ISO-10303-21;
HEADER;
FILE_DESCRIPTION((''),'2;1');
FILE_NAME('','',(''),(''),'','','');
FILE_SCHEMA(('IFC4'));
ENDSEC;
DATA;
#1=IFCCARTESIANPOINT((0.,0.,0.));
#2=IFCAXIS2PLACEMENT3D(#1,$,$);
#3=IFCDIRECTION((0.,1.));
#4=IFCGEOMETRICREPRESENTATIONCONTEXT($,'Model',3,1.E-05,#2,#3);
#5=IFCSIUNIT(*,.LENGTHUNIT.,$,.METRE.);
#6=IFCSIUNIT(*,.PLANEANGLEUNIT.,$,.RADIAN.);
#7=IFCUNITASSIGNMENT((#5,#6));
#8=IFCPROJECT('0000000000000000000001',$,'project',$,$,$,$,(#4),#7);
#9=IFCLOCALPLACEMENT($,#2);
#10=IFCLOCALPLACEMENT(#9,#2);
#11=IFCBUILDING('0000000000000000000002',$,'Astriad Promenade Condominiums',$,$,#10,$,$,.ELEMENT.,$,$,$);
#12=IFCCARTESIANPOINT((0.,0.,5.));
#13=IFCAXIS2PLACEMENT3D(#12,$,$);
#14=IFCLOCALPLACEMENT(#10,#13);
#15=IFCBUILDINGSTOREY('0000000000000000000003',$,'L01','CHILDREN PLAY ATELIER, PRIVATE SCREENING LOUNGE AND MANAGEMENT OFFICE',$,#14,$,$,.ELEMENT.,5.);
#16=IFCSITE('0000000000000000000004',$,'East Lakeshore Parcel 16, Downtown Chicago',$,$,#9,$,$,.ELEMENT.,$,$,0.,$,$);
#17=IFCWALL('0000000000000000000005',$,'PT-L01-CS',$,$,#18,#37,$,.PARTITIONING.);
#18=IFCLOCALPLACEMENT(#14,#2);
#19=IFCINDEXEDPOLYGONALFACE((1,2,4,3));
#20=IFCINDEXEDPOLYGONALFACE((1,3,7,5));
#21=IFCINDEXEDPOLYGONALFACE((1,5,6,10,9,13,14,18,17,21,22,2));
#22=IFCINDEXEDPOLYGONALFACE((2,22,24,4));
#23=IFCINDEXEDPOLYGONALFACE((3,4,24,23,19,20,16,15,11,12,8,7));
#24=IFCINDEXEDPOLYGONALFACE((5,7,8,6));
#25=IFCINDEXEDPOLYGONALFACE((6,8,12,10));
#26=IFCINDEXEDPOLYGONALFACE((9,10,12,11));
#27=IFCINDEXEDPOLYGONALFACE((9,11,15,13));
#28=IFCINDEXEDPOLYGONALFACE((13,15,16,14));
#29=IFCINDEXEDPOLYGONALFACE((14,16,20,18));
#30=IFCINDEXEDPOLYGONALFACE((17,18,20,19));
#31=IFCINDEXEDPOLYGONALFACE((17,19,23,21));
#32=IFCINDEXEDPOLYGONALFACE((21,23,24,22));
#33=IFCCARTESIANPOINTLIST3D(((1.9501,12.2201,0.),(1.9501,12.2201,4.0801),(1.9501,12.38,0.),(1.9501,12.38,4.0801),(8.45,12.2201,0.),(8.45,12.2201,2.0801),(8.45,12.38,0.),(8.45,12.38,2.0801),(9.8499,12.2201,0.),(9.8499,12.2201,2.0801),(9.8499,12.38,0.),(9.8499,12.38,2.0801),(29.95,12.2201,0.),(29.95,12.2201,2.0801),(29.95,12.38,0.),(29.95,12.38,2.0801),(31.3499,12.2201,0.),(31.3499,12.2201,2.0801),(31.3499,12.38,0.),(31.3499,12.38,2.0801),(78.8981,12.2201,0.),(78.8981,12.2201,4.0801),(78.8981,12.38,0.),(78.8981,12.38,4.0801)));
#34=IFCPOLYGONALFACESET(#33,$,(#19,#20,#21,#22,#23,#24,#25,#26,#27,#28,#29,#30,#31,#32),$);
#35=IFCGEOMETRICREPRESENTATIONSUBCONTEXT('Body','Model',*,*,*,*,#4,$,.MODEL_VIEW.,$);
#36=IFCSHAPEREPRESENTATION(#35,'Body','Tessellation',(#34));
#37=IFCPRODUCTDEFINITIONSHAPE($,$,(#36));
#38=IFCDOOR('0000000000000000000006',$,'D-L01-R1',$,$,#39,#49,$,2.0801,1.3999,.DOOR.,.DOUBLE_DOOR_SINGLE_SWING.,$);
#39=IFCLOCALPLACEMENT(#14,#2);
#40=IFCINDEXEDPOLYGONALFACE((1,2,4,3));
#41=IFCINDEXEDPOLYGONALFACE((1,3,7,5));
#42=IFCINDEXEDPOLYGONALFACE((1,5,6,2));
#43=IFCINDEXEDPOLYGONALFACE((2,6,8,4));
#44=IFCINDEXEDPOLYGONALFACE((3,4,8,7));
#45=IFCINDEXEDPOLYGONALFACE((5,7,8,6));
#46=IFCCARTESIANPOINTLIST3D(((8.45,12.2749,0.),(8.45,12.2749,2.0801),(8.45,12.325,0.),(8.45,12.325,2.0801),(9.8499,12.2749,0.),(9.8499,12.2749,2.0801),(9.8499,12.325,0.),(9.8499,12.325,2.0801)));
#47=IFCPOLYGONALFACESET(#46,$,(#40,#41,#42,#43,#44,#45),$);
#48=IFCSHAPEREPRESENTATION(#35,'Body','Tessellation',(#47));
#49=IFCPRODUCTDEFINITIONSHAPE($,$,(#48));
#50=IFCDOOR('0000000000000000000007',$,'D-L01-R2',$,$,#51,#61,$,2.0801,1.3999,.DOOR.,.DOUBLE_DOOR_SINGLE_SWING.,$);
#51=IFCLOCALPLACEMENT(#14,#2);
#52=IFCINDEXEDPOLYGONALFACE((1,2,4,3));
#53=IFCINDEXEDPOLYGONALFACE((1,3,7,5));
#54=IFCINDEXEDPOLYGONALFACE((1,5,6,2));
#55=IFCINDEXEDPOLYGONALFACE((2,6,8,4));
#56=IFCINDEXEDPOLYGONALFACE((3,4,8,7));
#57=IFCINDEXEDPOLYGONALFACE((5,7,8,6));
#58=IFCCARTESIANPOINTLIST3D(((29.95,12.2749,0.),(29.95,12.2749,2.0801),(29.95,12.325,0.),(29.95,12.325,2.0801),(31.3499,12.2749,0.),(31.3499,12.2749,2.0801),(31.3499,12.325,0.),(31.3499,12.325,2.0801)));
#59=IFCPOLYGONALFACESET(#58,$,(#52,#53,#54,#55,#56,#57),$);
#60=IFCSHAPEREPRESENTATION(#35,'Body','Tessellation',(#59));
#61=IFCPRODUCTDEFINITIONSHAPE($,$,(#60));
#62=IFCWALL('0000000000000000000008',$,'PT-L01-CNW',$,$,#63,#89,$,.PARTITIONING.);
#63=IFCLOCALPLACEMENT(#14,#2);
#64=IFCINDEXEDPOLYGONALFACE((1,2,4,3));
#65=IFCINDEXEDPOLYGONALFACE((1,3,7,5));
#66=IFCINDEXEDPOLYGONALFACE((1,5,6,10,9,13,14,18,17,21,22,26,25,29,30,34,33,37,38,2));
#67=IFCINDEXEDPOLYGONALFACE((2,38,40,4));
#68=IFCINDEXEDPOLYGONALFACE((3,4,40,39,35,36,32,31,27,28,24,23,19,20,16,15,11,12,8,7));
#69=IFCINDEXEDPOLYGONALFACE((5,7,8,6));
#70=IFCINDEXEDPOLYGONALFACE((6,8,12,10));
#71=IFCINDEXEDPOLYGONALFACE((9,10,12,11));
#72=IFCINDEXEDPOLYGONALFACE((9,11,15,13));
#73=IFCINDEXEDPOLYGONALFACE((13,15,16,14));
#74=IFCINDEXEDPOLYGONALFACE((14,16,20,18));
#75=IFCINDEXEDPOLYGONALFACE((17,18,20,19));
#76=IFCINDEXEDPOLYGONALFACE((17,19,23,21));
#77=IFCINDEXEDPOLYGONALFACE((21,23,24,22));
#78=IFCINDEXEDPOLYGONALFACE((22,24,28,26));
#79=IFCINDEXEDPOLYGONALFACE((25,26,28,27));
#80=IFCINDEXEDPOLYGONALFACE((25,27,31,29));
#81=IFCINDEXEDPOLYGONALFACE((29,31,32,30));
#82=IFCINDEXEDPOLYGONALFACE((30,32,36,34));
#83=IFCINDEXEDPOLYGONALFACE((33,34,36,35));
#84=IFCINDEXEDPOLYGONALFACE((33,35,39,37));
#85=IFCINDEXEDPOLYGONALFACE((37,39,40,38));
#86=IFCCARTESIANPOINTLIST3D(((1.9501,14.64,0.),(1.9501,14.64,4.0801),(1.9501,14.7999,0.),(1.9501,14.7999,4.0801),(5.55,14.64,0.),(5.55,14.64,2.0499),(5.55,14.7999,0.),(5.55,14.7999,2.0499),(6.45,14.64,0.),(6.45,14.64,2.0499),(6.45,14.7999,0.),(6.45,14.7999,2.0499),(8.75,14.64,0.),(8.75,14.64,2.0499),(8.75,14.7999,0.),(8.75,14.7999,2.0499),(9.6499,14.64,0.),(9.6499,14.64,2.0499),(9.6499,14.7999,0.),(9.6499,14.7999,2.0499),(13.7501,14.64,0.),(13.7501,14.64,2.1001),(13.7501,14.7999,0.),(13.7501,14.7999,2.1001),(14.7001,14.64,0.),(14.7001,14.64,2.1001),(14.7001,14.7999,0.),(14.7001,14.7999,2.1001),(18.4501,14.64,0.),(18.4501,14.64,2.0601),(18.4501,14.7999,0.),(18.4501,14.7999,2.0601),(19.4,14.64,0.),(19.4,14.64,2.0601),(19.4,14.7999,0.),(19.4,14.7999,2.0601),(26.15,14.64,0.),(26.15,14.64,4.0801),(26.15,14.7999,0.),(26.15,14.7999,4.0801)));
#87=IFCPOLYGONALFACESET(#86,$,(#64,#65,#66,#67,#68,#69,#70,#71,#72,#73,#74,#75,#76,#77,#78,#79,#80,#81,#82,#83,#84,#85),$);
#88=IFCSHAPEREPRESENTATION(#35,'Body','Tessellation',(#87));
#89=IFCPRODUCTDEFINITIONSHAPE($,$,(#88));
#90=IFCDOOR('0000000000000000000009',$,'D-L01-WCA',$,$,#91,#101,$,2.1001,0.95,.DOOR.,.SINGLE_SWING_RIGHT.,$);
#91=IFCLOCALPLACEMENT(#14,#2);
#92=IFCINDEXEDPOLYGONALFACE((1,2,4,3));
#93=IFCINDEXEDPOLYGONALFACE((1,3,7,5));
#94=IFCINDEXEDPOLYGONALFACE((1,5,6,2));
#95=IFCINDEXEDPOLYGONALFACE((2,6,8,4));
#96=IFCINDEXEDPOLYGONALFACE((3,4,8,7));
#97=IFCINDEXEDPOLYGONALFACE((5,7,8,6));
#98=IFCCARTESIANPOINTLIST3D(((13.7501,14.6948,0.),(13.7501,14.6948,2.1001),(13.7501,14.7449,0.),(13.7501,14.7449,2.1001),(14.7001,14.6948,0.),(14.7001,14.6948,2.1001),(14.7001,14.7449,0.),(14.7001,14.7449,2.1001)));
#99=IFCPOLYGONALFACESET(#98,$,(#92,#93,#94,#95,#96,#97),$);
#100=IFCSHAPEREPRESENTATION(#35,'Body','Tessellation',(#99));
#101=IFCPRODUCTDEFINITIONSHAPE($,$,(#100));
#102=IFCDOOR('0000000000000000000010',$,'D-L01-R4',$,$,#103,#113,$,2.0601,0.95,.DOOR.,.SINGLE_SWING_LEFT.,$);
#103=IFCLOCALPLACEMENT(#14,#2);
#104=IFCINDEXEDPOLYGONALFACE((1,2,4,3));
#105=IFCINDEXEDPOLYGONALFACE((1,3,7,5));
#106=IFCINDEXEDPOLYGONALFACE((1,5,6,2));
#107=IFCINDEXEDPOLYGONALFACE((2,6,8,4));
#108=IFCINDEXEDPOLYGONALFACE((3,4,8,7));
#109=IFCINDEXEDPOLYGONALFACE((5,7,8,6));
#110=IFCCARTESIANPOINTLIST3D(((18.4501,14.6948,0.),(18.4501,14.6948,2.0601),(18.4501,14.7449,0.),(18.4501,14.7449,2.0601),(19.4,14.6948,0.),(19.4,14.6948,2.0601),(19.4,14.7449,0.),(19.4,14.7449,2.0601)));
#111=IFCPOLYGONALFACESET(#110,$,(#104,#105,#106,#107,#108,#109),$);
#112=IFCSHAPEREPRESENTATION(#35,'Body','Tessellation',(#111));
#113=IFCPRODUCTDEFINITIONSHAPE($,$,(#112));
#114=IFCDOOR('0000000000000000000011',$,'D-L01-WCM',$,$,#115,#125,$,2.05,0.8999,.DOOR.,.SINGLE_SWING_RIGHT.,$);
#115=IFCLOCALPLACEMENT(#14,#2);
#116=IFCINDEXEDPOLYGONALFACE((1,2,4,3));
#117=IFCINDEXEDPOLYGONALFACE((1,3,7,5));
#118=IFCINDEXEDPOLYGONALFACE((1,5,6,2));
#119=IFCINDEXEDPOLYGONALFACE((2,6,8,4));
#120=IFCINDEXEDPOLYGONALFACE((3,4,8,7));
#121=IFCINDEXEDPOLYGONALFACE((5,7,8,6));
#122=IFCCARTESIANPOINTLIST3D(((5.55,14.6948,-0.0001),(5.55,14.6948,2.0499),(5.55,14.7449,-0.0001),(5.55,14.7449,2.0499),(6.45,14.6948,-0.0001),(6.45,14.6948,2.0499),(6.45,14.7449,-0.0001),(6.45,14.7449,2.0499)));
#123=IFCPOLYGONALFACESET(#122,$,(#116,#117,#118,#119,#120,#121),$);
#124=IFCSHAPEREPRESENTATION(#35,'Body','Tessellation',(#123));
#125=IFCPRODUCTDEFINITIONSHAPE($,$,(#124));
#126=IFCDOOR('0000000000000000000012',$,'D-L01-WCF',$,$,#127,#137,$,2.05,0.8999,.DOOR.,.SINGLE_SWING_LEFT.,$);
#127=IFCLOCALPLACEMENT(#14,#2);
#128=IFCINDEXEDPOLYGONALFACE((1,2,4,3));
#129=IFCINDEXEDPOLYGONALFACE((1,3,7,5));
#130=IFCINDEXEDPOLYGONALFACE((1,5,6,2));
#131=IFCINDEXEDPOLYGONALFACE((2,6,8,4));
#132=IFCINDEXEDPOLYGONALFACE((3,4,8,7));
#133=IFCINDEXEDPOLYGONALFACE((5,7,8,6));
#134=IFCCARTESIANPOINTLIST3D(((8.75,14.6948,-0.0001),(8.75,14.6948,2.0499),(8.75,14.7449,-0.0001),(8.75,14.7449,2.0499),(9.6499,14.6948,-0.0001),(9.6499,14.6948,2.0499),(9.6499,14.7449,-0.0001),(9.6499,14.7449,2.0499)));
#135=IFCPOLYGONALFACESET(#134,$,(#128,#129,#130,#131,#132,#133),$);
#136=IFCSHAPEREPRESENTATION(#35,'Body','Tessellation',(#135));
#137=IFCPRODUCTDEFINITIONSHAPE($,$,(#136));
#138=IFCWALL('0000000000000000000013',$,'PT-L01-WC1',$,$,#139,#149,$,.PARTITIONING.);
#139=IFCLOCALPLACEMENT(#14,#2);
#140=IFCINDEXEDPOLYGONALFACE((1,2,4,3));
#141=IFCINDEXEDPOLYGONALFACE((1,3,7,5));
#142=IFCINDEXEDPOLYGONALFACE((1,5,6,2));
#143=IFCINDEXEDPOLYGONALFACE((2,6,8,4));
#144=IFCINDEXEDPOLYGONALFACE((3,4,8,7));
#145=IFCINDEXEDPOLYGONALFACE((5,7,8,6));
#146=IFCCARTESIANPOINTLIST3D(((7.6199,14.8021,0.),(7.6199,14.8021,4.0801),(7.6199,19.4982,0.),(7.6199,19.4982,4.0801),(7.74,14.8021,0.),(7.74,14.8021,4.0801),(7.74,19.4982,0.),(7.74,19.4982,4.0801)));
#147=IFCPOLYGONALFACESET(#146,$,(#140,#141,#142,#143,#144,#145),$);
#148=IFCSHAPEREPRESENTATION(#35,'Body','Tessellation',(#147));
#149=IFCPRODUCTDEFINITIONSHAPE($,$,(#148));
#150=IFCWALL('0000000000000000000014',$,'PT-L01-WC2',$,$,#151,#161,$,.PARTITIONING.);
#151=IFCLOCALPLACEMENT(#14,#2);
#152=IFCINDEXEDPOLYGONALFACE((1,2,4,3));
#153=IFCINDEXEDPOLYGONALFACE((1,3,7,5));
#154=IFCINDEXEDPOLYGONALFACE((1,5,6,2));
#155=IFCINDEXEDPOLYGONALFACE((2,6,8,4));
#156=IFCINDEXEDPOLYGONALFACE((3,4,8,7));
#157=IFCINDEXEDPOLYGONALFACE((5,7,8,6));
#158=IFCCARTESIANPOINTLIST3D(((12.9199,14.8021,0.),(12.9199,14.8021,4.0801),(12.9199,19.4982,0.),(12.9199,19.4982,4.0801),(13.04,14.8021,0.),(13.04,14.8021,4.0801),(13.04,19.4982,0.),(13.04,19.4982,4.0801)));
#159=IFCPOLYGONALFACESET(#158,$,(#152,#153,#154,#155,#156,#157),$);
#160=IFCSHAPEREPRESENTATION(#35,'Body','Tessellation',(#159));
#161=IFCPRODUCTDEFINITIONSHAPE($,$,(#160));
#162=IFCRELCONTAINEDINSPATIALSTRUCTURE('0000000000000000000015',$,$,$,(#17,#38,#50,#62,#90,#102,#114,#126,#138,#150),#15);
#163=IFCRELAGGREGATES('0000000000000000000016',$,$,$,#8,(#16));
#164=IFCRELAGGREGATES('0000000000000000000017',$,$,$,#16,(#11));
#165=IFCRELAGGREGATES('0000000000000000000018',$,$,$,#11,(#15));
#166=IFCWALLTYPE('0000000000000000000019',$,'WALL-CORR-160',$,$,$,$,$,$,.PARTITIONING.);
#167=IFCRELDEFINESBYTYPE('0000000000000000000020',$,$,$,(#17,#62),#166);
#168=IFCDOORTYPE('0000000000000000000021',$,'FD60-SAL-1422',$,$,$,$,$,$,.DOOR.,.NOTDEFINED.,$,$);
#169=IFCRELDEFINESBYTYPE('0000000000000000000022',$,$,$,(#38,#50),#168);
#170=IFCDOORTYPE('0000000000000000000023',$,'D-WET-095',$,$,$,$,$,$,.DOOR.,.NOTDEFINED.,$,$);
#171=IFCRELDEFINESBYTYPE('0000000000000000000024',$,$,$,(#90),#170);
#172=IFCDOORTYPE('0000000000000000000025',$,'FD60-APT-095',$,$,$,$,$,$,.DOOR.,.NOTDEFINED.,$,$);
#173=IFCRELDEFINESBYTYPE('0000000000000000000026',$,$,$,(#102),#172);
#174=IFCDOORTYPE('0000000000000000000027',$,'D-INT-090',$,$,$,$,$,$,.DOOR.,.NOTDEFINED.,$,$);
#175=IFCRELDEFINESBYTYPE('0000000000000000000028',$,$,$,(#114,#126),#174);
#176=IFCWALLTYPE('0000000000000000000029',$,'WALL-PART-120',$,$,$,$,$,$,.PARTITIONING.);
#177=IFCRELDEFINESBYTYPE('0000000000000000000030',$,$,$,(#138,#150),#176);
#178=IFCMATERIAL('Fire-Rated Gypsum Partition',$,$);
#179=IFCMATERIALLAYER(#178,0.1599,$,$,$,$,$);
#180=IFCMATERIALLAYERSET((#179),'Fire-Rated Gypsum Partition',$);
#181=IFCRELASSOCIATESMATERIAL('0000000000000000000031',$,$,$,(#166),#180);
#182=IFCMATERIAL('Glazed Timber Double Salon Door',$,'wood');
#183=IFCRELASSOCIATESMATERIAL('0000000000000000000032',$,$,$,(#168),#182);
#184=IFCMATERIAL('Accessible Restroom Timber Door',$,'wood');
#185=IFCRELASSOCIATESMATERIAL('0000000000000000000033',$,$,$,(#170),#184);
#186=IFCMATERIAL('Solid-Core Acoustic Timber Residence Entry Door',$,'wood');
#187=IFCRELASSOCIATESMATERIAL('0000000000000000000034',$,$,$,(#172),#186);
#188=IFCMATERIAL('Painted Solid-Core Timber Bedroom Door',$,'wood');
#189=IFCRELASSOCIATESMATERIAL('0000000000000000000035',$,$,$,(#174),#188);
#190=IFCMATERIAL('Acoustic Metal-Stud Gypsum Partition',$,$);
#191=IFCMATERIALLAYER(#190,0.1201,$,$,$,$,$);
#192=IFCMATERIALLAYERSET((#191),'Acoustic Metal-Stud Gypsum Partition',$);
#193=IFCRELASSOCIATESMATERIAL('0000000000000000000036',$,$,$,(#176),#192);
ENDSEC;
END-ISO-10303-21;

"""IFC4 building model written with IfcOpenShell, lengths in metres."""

from ifc_helpers import new_model, si_unit, direction, frame, frame_2d, origin, place, context, subcontext, project, spatial, rectangle, extrude, source, transform, mapped, material, layer, layer_set, type_object, type_shapes, element, fill, save


model = new_model("IFC4")

# Units and contexts
model_context = context("Model", 3, precision=1e-05, world=origin(), true_north=direction((0.0, 1.0)))
body_context = subcontext(model_context, "Body", "Model", "MODEL_VIEW")
ifc_project = project(units=[si_unit("LENGTHUNIT", "METRE"), si_unit("PLANEANGLEUNIT", "RADIAN")], contexts=[model_context])

# Site, building, storey
site_placement = place(None, origin())
site = spatial("IfcSite", under=ifc_project, at=site_placement, Name="East Lakeshore Parcel 16, Downtown Chicago", CompositionType="ELEMENT", RefElevation=0.0)
building_placement = place(site_placement, origin())
building = spatial("IfcBuilding", under=site, at=building_placement, Name="Astriad Promenade Condominiums", CompositionType="ELEMENT")
storey_placement = place(building_placement, frame((0.0, 0.0, 5.0)))
storey = spatial("IfcBuildingStorey", under=building, at=storey_placement, Name="L01", Description="CHILDREN PLAY ATELIER, PRIVATE SCREENING LOUNGE AND MANAGEMENT OFFICE", CompositionType="ELEMENT", Elevation=5.0)

# Walls, openings, doors
ifc_material_1 = material(Name="Fire-Rated Gypsum Partition")
ifc_layer_1 = layer(ifc_material_1, 0.1599)
ifc_layer_set_1 = layer_set([ifc_layer_1], Name="Fire-Rated Gypsum Partition")
wall_type_1 = type_object("IfcWallType", Name="WALL-CORR-160", PredefinedType="PARTITIONING", material=ifc_layer_set_1)
wall_1_placement = place(storey_placement, frame((1.95, 12.3, 0.0), z_axis=(0.0, 0.0, 1.0), x_axis=(1.0, 0.0, 0.0)))
wall_1 = element("IfcWall", 1, at=wall_1_placement, inside=storey, type_object=wall_type_1, Name="PT-L01-CS", PredefinedType="PARTITIONING", context=body_context, shape_type="SweptSolid", body=[
    extrude(rectangle(XDim=76.948, YDim=0.1599, at=frame_2d((38.4741, 0.0))), origin(), (0.0, 0.0, 1.0), 4.0801),
])
opening_1_placement = place(wall_1_placement, frame((6.5, 0.0, 0.0)))
opening_1 = element("IfcOpeningElement", 2, at=opening_1_placement, cuts=wall_1, PredefinedType="OPENING", context=body_context, shape_type="SweptSolid", body=[
    extrude(rectangle(XDim=1.3999, YDim=2.0801, at=frame_2d((0.7, 1.04))), frame((0.0, 0.0898, 0.0), z_axis=(0.0, -1.0, 0.0), x_axis=(1.0, 0.0, 0.0)), (0.0, 0.0, 1.0), 0.1799),
])
opening_2_placement = place(wall_1_placement, frame((28.0, 0.0, 0.0)))
opening_2 = element("IfcOpeningElement", 3, at=opening_2_placement, cuts=wall_1, PredefinedType="OPENING", context=body_context, shape_type="SweptSolid", body=[
    extrude(rectangle(XDim=1.3999, YDim=2.0801, at=frame_2d((0.7, 1.04))), frame((0.0, 0.0898, 0.0), z_axis=(0.0, -1.0, 0.0), x_axis=(1.0, 0.0, 0.0)), (0.0, 0.0, 1.0), 0.1799),
])
ifc_material_2 = material(Name="Glazed Timber Double Salon Door", Category="wood")
door_type_1 = type_object("IfcDoorType", Name="FD60-SAL-1422", OperationType="NOTDEFINED", PredefinedType="DOOR", material=ifc_material_2)
shared_shape_1 = source(origin(), body_context, "Body", "SweptSolid", [
    extrude(rectangle(XDim=1.3999, YDim=2.0801, at=frame_2d((0.7, 1.04))), frame((0.0, 0.0249, 0.0), z_axis=(0.0, -1.0, 0.0), x_axis=(1.0, 0.0, 0.0)), (0.0, 0.0, 1.0), 0.05),
])
type_shapes(door_type_1, [shared_shape_1])
door_1_placement = place(opening_1_placement, origin())
door_1 = element("IfcDoor", 4, at=door_1_placement, inside=storey, type_object=door_type_1, Name="D-L01-R1", OperationType="DOUBLE_DOOR_SINGLE_SWING", OverallHeight=2.0801, OverallWidth=1.3999, PredefinedType="DOOR", context=body_context, shape_type="MappedRepresentation", body=[
    mapped(shared_shape_1, transform((0.0, 0.0, 0.0), scale=1.0)),
])
fill(opening_1, door_1)
door_2_placement = place(opening_2_placement, origin())
door_2 = element("IfcDoor", 5, at=door_2_placement, inside=storey, type_object=door_type_1, Name="D-L01-R2", OperationType="DOUBLE_DOOR_SINGLE_SWING", OverallHeight=2.0801, OverallWidth=1.3999, PredefinedType="DOOR", context=body_context, shape_type="MappedRepresentation", body=[
    mapped(shared_shape_1, transform((0.0, 0.0, 0.0), scale=1.0)),
])
fill(opening_2, door_2)
wall_2_placement = place(storey_placement, frame((1.95, 14.72, 0.0), z_axis=(0.0, 0.0, 1.0), x_axis=(1.0, 0.0, 0.0)))
wall_2 = element("IfcWall", 6, at=wall_2_placement, inside=storey, type_object=wall_type_1, Name="PT-L01-CNW", PredefinedType="PARTITIONING", context=body_context, shape_type="SweptSolid", body=[
    extrude(rectangle(XDim=24.2, YDim=0.1599, at=frame_2d((12.1001, 0.0))), origin(), (0.0, 0.0, 1.0), 4.0801),
])
opening_3_placement = place(wall_2_placement, frame((16.5, 0.0, 0.0)))
opening_3 = element("IfcOpeningElement", 7, at=opening_3_placement, cuts=wall_2, PredefinedType="OPENING", context=body_context, shape_type="SweptSolid", body=[
    extrude(rectangle(XDim=0.95, YDim=2.0601, at=frame_2d((0.4751, 1.03))), frame((0.0, 0.0898, 0.0), z_axis=(0.0, -1.0, 0.0), x_axis=(1.0, 0.0, 0.0)), (0.0, 0.0, 1.0), 0.1799),
])
opening_4_placement = place(wall_2_placement, frame((3.6001, 0.0, 0.0)))
opening_4 = element("IfcOpeningElement", 8, at=opening_4_placement, cuts=wall_2, PredefinedType="OPENING", context=body_context, shape_type="SweptSolid", body=[
    extrude(rectangle(XDim=0.8999, YDim=2.05, at=frame_2d((0.45, 1.0249))), frame((0.0, 0.0898, 0.0), z_axis=(0.0, -1.0, 0.0), x_axis=(1.0, 0.0, 0.0)), (0.0, 0.0, 1.0), 0.1799),
])
opening_5_placement = place(wall_2_placement, frame((6.8, 0.0, 0.0)))
opening_5 = element("IfcOpeningElement", 9, at=opening_5_placement, cuts=wall_2, PredefinedType="OPENING", context=body_context, shape_type="SweptSolid", body=[
    extrude(rectangle(XDim=0.8999, YDim=2.05, at=frame_2d((0.45, 1.0249))), frame((0.0, 0.0898, 0.0), z_axis=(0.0, -1.0, 0.0), x_axis=(1.0, 0.0, 0.0)), (0.0, 0.0, 1.0), 0.1799),
])
opening_6_placement = place(wall_2_placement, frame((11.8, 0.0, 0.0)))
opening_6 = element("IfcOpeningElement", 10, at=opening_6_placement, cuts=wall_2, PredefinedType="OPENING", context=body_context, shape_type="SweptSolid", body=[
    extrude(rectangle(XDim=0.95, YDim=2.1001, at=frame_2d((0.4751, 1.05))), frame((0.0, 0.0898, 0.0), z_axis=(0.0, -1.0, 0.0), x_axis=(1.0, 0.0, 0.0)), (0.0, 0.0, 1.0), 0.1799),
])
ifc_material_3 = material(Name="Accessible Restroom Timber Door", Category="wood")
door_type_2 = type_object("IfcDoorType", Name="D-WET-095", OperationType="NOTDEFINED", PredefinedType="DOOR", material=ifc_material_3)
shared_shape_2 = source(origin(), body_context, "Body", "SweptSolid", [
    extrude(rectangle(XDim=0.95, YDim=2.1001, at=frame_2d((0.4751, 1.05))), frame((0.0, 0.0249, 0.0), z_axis=(0.0, -1.0, 0.0), x_axis=(1.0, 0.0, 0.0)), (0.0, 0.0, 1.0), 0.05),
])
type_shapes(door_type_2, [shared_shape_2])
door_3_placement = place(opening_6_placement, origin())
door_3 = element("IfcDoor", 11, at=door_3_placement, inside=storey, type_object=door_type_2, Name="D-L01-WCA", OperationType="SINGLE_SWING_RIGHT", OverallHeight=2.1001, OverallWidth=0.95, PredefinedType="DOOR", context=body_context, shape_type="MappedRepresentation", body=[
    mapped(shared_shape_2, transform((0.0, 0.0, 0.0), scale=1.0)),
])
fill(opening_6, door_3)
ifc_material_4 = material(Name="Solid-Core Acoustic Timber Residence Entry Door", Category="wood")
door_type_3 = type_object("IfcDoorType", Name="FD60-APT-095", OperationType="NOTDEFINED", PredefinedType="DOOR", material=ifc_material_4)
shared_shape_3 = source(origin(), body_context, "Body", "SweptSolid", [
    extrude(rectangle(XDim=0.95, YDim=2.0601, at=frame_2d((0.4751, 1.03))), frame((0.0, 0.0249, 0.0), z_axis=(0.0, -1.0, 0.0), x_axis=(1.0, 0.0, 0.0)), (0.0, 0.0, 1.0), 0.05),
])
type_shapes(door_type_3, [shared_shape_3])
door_4_placement = place(opening_3_placement, origin())
door_4 = element("IfcDoor", 12, at=door_4_placement, inside=storey, type_object=door_type_3, Name="D-L01-R4", OperationType="SINGLE_SWING_LEFT", OverallHeight=2.0601, OverallWidth=0.95, PredefinedType="DOOR", context=body_context, shape_type="MappedRepresentation", body=[
    mapped(shared_shape_3, transform((0.0, 0.0, 0.0), scale=1.0)),
])
fill(opening_3, door_4)
ifc_material_5 = material(Name="Painted Solid-Core Timber Bedroom Door", Category="wood")
door_type_4 = type_object("IfcDoorType", Name="D-INT-090", OperationType="NOTDEFINED", PredefinedType="DOOR", material=ifc_material_5)
shared_shape_4 = source(origin(), body_context, "Body", "SweptSolid", [
    extrude(rectangle(XDim=0.8999, YDim=2.05, at=frame_2d((0.45, 1.0249))), frame((0.0, 0.0249, 0.0), z_axis=(0.0, -1.0, 0.0), x_axis=(1.0, 0.0, 0.0)), (0.0, 0.0, 1.0), 0.05),
])
type_shapes(door_type_4, [shared_shape_4])
door_5_placement = place(opening_4_placement, origin())
door_5 = element("IfcDoor", 13, at=door_5_placement, inside=storey, type_object=door_type_4, Name="D-L01-WCM", OperationType="SINGLE_SWING_RIGHT", OverallHeight=2.05, OverallWidth=0.8999, PredefinedType="DOOR", context=body_context, shape_type="MappedRepresentation", body=[
    mapped(shared_shape_4, transform((0.0, 0.0, 0.0), scale=1.0)),
])
fill(opening_4, door_5)
door_6_placement = place(opening_5_placement, origin())
door_6 = element("IfcDoor", 14, at=door_6_placement, inside=storey, type_object=door_type_4, Name="D-L01-WCF", OperationType="SINGLE_SWING_LEFT", OverallHeight=2.05, OverallWidth=0.8999, PredefinedType="DOOR", context=body_context, shape_type="MappedRepresentation", body=[
    mapped(shared_shape_4, transform((0.0, 0.0, 0.0), scale=1.0)),
])
fill(opening_5, door_6)

# Walls
ifc_material_6 = material(Name="Acoustic Metal-Stud Gypsum Partition")
ifc_layer_2 = layer(ifc_material_6, 0.1201)
ifc_layer_set_2 = layer_set([ifc_layer_2], Name="Acoustic Metal-Stud Gypsum Partition")
wall_type_2 = type_object("IfcWallType", Name="WALL-PART-120", PredefinedType="PARTITIONING", material=ifc_layer_set_2)
for number, where, z_axis, x_axis, name in (
    (15, (7.6799, 14.802, 0.0), (0.0, 0.0, 1.0), (0.0, 1.0, 0.0), "PT-L01-WC1"),
    (16, (12.98, 14.802, 0.0), (0.0, 0.0, 1.0), (0.0, 1.0, 0.0), "PT-L01-WC2"),
):
    element("IfcWall", number, at=place(storey_placement, frame(where, z_axis=z_axis, x_axis=x_axis)), inside=storey, type_object=wall_type_2, Name=name, PredefinedType="PARTITIONING", context=body_context, shape_type="SweptSolid", body=[
        extrude(rectangle(XDim=4.696, YDim=0.1201, at=frame_2d((2.3481, 0.0))), origin(), (0.0, 0.0, 1.0), 4.0801),
    ])

save(model, "model.ifc")
